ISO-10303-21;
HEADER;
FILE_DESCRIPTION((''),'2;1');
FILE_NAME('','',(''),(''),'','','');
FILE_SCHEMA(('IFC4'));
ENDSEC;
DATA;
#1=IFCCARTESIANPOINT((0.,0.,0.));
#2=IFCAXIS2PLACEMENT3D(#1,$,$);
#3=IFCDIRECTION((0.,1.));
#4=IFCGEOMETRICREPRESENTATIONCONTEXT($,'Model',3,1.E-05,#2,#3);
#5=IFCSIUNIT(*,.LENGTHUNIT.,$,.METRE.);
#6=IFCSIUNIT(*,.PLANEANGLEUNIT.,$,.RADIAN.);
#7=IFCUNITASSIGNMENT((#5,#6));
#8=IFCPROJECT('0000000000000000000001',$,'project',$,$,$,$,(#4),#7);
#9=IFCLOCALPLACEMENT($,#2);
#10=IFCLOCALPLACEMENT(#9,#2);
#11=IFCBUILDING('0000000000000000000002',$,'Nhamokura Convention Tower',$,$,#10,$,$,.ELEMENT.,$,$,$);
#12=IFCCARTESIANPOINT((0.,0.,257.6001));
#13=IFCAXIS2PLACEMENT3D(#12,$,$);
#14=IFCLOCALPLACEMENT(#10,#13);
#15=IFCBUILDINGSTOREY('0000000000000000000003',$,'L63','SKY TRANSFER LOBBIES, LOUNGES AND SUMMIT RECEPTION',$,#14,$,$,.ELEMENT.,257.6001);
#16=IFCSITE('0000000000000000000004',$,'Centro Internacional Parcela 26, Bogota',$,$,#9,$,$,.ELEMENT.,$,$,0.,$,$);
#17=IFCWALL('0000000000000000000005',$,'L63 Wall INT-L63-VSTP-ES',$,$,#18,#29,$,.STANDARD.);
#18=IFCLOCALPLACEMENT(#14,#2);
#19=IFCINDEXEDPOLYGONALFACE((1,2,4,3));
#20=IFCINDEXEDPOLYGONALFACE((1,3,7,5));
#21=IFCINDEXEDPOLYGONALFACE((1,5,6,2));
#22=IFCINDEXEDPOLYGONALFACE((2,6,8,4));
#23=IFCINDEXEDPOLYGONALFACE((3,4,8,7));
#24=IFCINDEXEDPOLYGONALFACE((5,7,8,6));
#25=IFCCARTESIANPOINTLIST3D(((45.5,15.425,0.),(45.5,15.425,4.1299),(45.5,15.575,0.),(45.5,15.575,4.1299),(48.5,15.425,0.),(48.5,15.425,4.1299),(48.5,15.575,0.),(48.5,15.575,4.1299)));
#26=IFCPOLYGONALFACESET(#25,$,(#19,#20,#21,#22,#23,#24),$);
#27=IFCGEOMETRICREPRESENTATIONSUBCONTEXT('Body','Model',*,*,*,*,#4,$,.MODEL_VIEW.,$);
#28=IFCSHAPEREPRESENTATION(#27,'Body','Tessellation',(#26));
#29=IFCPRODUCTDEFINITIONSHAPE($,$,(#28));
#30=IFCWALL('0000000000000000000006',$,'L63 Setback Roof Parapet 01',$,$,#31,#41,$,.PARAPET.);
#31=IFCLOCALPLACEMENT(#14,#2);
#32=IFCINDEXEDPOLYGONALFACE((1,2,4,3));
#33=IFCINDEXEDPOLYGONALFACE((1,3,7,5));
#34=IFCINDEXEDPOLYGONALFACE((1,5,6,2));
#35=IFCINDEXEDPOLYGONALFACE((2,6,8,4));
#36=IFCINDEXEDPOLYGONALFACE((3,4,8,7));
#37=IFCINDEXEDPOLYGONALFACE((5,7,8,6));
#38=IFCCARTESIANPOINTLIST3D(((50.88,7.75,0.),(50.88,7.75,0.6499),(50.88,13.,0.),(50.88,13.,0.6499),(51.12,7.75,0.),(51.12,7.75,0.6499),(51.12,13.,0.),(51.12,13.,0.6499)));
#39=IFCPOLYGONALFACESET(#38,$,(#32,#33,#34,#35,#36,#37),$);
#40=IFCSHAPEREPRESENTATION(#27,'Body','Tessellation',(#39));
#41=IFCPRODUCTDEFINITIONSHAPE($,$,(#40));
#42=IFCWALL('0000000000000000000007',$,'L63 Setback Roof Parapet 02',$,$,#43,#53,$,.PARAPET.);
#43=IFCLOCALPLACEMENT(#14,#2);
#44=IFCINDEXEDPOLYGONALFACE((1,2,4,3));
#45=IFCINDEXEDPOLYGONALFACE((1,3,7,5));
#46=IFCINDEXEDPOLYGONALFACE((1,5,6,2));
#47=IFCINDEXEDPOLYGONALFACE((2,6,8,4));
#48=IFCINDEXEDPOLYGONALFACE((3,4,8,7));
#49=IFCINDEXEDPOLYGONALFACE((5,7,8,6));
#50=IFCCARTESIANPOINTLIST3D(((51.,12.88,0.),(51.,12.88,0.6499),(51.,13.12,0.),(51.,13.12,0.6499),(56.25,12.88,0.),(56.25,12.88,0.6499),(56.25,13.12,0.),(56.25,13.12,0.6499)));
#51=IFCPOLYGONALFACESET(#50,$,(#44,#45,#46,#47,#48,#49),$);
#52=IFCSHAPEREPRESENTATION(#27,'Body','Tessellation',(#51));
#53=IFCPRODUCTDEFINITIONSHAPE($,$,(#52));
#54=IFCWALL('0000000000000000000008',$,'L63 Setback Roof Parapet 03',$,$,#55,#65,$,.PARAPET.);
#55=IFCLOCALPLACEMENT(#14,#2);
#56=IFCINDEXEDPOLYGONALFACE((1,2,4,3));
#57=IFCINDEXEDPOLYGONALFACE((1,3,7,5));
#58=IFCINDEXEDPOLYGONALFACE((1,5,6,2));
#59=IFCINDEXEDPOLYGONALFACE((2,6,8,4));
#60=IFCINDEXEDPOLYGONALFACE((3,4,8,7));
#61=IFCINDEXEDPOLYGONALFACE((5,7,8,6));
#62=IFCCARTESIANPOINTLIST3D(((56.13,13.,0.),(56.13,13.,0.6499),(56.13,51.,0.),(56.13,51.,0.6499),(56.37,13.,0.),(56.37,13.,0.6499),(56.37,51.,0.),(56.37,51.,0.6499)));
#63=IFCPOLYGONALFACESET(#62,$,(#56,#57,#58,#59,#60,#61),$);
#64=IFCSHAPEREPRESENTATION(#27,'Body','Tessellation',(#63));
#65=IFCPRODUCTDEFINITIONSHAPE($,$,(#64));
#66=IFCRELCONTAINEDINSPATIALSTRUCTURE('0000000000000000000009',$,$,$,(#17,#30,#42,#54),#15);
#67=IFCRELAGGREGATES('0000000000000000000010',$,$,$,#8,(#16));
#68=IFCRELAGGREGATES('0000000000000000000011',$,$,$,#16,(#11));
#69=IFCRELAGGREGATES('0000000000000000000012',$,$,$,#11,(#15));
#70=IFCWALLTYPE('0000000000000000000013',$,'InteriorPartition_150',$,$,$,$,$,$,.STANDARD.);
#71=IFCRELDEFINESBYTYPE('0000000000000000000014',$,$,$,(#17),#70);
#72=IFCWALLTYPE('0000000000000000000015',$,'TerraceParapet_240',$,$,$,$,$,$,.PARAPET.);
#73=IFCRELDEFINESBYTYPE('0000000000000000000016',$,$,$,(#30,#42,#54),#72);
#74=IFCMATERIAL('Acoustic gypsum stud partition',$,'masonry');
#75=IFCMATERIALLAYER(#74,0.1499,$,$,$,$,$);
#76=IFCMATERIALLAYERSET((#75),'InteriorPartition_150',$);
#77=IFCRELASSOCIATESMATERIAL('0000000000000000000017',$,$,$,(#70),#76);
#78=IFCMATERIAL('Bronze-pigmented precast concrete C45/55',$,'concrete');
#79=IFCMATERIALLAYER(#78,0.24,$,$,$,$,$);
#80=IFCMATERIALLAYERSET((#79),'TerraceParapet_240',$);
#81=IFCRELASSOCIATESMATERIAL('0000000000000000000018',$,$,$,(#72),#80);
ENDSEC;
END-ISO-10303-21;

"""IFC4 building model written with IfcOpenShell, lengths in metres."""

from ifc_helpers import new_model, si_unit, direction, frame, frame_2d, origin, place, context, subcontext, project, spatial, rectangle, extrude, material, layer, layer_set, type_object, element, save


model = new_model("IFC4")

# Units and contexts
model_context = context("Model", 3, precision=1e-05, world=origin(), true_north=direction((0.0, 1.0)))
body_context = subcontext(model_context, "Body", "Model", "MODEL_VIEW")
ifc_project = project(units=[si_unit("LENGTHUNIT", "METRE"), si_unit("PLANEANGLEUNIT", "RADIAN")], contexts=[model_context])

# Site, building, storey
site_placement = place(None, origin())
site = spatial("IfcSite", under=ifc_project, at=site_placement, Name="Centro Internacional Parcela 26, Bogota", CompositionType="ELEMENT", RefElevation=0.0)
building_placement = place(site_placement, origin())
building = spatial("IfcBuilding", under=site, at=building_placement, Name="Nhamokura Convention Tower", CompositionType="ELEMENT")
storey_placement = place(building_placement, frame((0.0, 0.0, 257.6001)))
storey = spatial("IfcBuildingStorey", under=building, at=storey_placement, Name="L63", Description="SKY TRANSFER LOBBIES, LOUNGES AND SUMMIT RECEPTION", CompositionType="ELEMENT", Elevation=257.6001)

# Walls
ifc_material_1 = material(Name="Acoustic gypsum stud partition", Category="masonry")
ifc_layer_1 = layer(ifc_material_1, 0.1499)
ifc_layer_set_1 = layer_set([ifc_layer_1], Name="InteriorPartition_150")
wall_type_1 = type_object("IfcWallType", Name="InteriorPartition_150", PredefinedType="STANDARD", material=ifc_layer_set_1)
wall_1_placement = place(storey_placement, frame((45.5, 15.5, 0.0), z_axis=(0.0, 0.0, 1.0), x_axis=(1.0, 0.0, 0.0)))
element("IfcWall", 1, at=wall_1_placement, inside=storey, type_object=wall_type_1, Name="L63 Wall INT-L63-VSTP-ES", PredefinedType="STANDARD", context=body_context, shape_type="SweptSolid", body=[
    extrude(rectangle(XDim=3.0, YDim=0.1499, at=frame_2d((1.5, 0.0))), origin(), (0.0, 0.0, 1.0), 4.1299),
])
ifc_material_2 = material(Name="Bronze-pigmented precast concrete C45/55", Category="concrete")
ifc_layer_2 = layer(ifc_material_2, 0.24)
ifc_layer_set_2 = layer_set([ifc_layer_2], Name="TerraceParapet_240")
wall_type_2 = type_object("IfcWallType", Name="TerraceParapet_240", PredefinedType="PARAPET", material=ifc_layer_set_2)
for number, where, z_axis, x_axis, name in (
    (2, (51.0, 7.75, 0.0), (0.0, 0.0, 1.0), (0.0, 1.0, 0.0), "L63 Setback Roof Parapet 01"),
    (3, (51.0, 13.0, 0.0), (0.0, 0.0, 1.0), (1.0, 0.0, 0.0), "L63 Setback Roof Parapet 02"),
):
    element("IfcWall", number, at=place(storey_placement, frame(where, z_axis=z_axis, x_axis=x_axis)), inside=storey, type_object=wall_type_2, Name=name, PredefinedType="PARAPET", context=body_context, shape_type="SweptSolid", body=[
        extrude(rectangle(XDim=5.25, YDim=0.24, at=frame_2d((2.625, 0.0))), origin(), (0.0, 0.0, 1.0), 0.6499),
    ])
wall_2_placement = place(storey_placement, frame((56.25, 13.0, 0.0), z_axis=(0.0, 0.0, 1.0), x_axis=(0.0, 1.0, 0.0)))
element("IfcWall", 4, at=wall_2_placement, inside=storey, type_object=wall_type_2, Name="L63 Setback Roof Parapet 03", PredefinedType="PARAPET", context=body_context, shape_type="SweptSolid", body=[
    extrude(rectangle(XDim=38.0, YDim=0.24, at=frame_2d((19.0, 0.0))), origin(), (0.0, 0.0, 1.0), 0.6499),
])

save(model, "model.ifc")
